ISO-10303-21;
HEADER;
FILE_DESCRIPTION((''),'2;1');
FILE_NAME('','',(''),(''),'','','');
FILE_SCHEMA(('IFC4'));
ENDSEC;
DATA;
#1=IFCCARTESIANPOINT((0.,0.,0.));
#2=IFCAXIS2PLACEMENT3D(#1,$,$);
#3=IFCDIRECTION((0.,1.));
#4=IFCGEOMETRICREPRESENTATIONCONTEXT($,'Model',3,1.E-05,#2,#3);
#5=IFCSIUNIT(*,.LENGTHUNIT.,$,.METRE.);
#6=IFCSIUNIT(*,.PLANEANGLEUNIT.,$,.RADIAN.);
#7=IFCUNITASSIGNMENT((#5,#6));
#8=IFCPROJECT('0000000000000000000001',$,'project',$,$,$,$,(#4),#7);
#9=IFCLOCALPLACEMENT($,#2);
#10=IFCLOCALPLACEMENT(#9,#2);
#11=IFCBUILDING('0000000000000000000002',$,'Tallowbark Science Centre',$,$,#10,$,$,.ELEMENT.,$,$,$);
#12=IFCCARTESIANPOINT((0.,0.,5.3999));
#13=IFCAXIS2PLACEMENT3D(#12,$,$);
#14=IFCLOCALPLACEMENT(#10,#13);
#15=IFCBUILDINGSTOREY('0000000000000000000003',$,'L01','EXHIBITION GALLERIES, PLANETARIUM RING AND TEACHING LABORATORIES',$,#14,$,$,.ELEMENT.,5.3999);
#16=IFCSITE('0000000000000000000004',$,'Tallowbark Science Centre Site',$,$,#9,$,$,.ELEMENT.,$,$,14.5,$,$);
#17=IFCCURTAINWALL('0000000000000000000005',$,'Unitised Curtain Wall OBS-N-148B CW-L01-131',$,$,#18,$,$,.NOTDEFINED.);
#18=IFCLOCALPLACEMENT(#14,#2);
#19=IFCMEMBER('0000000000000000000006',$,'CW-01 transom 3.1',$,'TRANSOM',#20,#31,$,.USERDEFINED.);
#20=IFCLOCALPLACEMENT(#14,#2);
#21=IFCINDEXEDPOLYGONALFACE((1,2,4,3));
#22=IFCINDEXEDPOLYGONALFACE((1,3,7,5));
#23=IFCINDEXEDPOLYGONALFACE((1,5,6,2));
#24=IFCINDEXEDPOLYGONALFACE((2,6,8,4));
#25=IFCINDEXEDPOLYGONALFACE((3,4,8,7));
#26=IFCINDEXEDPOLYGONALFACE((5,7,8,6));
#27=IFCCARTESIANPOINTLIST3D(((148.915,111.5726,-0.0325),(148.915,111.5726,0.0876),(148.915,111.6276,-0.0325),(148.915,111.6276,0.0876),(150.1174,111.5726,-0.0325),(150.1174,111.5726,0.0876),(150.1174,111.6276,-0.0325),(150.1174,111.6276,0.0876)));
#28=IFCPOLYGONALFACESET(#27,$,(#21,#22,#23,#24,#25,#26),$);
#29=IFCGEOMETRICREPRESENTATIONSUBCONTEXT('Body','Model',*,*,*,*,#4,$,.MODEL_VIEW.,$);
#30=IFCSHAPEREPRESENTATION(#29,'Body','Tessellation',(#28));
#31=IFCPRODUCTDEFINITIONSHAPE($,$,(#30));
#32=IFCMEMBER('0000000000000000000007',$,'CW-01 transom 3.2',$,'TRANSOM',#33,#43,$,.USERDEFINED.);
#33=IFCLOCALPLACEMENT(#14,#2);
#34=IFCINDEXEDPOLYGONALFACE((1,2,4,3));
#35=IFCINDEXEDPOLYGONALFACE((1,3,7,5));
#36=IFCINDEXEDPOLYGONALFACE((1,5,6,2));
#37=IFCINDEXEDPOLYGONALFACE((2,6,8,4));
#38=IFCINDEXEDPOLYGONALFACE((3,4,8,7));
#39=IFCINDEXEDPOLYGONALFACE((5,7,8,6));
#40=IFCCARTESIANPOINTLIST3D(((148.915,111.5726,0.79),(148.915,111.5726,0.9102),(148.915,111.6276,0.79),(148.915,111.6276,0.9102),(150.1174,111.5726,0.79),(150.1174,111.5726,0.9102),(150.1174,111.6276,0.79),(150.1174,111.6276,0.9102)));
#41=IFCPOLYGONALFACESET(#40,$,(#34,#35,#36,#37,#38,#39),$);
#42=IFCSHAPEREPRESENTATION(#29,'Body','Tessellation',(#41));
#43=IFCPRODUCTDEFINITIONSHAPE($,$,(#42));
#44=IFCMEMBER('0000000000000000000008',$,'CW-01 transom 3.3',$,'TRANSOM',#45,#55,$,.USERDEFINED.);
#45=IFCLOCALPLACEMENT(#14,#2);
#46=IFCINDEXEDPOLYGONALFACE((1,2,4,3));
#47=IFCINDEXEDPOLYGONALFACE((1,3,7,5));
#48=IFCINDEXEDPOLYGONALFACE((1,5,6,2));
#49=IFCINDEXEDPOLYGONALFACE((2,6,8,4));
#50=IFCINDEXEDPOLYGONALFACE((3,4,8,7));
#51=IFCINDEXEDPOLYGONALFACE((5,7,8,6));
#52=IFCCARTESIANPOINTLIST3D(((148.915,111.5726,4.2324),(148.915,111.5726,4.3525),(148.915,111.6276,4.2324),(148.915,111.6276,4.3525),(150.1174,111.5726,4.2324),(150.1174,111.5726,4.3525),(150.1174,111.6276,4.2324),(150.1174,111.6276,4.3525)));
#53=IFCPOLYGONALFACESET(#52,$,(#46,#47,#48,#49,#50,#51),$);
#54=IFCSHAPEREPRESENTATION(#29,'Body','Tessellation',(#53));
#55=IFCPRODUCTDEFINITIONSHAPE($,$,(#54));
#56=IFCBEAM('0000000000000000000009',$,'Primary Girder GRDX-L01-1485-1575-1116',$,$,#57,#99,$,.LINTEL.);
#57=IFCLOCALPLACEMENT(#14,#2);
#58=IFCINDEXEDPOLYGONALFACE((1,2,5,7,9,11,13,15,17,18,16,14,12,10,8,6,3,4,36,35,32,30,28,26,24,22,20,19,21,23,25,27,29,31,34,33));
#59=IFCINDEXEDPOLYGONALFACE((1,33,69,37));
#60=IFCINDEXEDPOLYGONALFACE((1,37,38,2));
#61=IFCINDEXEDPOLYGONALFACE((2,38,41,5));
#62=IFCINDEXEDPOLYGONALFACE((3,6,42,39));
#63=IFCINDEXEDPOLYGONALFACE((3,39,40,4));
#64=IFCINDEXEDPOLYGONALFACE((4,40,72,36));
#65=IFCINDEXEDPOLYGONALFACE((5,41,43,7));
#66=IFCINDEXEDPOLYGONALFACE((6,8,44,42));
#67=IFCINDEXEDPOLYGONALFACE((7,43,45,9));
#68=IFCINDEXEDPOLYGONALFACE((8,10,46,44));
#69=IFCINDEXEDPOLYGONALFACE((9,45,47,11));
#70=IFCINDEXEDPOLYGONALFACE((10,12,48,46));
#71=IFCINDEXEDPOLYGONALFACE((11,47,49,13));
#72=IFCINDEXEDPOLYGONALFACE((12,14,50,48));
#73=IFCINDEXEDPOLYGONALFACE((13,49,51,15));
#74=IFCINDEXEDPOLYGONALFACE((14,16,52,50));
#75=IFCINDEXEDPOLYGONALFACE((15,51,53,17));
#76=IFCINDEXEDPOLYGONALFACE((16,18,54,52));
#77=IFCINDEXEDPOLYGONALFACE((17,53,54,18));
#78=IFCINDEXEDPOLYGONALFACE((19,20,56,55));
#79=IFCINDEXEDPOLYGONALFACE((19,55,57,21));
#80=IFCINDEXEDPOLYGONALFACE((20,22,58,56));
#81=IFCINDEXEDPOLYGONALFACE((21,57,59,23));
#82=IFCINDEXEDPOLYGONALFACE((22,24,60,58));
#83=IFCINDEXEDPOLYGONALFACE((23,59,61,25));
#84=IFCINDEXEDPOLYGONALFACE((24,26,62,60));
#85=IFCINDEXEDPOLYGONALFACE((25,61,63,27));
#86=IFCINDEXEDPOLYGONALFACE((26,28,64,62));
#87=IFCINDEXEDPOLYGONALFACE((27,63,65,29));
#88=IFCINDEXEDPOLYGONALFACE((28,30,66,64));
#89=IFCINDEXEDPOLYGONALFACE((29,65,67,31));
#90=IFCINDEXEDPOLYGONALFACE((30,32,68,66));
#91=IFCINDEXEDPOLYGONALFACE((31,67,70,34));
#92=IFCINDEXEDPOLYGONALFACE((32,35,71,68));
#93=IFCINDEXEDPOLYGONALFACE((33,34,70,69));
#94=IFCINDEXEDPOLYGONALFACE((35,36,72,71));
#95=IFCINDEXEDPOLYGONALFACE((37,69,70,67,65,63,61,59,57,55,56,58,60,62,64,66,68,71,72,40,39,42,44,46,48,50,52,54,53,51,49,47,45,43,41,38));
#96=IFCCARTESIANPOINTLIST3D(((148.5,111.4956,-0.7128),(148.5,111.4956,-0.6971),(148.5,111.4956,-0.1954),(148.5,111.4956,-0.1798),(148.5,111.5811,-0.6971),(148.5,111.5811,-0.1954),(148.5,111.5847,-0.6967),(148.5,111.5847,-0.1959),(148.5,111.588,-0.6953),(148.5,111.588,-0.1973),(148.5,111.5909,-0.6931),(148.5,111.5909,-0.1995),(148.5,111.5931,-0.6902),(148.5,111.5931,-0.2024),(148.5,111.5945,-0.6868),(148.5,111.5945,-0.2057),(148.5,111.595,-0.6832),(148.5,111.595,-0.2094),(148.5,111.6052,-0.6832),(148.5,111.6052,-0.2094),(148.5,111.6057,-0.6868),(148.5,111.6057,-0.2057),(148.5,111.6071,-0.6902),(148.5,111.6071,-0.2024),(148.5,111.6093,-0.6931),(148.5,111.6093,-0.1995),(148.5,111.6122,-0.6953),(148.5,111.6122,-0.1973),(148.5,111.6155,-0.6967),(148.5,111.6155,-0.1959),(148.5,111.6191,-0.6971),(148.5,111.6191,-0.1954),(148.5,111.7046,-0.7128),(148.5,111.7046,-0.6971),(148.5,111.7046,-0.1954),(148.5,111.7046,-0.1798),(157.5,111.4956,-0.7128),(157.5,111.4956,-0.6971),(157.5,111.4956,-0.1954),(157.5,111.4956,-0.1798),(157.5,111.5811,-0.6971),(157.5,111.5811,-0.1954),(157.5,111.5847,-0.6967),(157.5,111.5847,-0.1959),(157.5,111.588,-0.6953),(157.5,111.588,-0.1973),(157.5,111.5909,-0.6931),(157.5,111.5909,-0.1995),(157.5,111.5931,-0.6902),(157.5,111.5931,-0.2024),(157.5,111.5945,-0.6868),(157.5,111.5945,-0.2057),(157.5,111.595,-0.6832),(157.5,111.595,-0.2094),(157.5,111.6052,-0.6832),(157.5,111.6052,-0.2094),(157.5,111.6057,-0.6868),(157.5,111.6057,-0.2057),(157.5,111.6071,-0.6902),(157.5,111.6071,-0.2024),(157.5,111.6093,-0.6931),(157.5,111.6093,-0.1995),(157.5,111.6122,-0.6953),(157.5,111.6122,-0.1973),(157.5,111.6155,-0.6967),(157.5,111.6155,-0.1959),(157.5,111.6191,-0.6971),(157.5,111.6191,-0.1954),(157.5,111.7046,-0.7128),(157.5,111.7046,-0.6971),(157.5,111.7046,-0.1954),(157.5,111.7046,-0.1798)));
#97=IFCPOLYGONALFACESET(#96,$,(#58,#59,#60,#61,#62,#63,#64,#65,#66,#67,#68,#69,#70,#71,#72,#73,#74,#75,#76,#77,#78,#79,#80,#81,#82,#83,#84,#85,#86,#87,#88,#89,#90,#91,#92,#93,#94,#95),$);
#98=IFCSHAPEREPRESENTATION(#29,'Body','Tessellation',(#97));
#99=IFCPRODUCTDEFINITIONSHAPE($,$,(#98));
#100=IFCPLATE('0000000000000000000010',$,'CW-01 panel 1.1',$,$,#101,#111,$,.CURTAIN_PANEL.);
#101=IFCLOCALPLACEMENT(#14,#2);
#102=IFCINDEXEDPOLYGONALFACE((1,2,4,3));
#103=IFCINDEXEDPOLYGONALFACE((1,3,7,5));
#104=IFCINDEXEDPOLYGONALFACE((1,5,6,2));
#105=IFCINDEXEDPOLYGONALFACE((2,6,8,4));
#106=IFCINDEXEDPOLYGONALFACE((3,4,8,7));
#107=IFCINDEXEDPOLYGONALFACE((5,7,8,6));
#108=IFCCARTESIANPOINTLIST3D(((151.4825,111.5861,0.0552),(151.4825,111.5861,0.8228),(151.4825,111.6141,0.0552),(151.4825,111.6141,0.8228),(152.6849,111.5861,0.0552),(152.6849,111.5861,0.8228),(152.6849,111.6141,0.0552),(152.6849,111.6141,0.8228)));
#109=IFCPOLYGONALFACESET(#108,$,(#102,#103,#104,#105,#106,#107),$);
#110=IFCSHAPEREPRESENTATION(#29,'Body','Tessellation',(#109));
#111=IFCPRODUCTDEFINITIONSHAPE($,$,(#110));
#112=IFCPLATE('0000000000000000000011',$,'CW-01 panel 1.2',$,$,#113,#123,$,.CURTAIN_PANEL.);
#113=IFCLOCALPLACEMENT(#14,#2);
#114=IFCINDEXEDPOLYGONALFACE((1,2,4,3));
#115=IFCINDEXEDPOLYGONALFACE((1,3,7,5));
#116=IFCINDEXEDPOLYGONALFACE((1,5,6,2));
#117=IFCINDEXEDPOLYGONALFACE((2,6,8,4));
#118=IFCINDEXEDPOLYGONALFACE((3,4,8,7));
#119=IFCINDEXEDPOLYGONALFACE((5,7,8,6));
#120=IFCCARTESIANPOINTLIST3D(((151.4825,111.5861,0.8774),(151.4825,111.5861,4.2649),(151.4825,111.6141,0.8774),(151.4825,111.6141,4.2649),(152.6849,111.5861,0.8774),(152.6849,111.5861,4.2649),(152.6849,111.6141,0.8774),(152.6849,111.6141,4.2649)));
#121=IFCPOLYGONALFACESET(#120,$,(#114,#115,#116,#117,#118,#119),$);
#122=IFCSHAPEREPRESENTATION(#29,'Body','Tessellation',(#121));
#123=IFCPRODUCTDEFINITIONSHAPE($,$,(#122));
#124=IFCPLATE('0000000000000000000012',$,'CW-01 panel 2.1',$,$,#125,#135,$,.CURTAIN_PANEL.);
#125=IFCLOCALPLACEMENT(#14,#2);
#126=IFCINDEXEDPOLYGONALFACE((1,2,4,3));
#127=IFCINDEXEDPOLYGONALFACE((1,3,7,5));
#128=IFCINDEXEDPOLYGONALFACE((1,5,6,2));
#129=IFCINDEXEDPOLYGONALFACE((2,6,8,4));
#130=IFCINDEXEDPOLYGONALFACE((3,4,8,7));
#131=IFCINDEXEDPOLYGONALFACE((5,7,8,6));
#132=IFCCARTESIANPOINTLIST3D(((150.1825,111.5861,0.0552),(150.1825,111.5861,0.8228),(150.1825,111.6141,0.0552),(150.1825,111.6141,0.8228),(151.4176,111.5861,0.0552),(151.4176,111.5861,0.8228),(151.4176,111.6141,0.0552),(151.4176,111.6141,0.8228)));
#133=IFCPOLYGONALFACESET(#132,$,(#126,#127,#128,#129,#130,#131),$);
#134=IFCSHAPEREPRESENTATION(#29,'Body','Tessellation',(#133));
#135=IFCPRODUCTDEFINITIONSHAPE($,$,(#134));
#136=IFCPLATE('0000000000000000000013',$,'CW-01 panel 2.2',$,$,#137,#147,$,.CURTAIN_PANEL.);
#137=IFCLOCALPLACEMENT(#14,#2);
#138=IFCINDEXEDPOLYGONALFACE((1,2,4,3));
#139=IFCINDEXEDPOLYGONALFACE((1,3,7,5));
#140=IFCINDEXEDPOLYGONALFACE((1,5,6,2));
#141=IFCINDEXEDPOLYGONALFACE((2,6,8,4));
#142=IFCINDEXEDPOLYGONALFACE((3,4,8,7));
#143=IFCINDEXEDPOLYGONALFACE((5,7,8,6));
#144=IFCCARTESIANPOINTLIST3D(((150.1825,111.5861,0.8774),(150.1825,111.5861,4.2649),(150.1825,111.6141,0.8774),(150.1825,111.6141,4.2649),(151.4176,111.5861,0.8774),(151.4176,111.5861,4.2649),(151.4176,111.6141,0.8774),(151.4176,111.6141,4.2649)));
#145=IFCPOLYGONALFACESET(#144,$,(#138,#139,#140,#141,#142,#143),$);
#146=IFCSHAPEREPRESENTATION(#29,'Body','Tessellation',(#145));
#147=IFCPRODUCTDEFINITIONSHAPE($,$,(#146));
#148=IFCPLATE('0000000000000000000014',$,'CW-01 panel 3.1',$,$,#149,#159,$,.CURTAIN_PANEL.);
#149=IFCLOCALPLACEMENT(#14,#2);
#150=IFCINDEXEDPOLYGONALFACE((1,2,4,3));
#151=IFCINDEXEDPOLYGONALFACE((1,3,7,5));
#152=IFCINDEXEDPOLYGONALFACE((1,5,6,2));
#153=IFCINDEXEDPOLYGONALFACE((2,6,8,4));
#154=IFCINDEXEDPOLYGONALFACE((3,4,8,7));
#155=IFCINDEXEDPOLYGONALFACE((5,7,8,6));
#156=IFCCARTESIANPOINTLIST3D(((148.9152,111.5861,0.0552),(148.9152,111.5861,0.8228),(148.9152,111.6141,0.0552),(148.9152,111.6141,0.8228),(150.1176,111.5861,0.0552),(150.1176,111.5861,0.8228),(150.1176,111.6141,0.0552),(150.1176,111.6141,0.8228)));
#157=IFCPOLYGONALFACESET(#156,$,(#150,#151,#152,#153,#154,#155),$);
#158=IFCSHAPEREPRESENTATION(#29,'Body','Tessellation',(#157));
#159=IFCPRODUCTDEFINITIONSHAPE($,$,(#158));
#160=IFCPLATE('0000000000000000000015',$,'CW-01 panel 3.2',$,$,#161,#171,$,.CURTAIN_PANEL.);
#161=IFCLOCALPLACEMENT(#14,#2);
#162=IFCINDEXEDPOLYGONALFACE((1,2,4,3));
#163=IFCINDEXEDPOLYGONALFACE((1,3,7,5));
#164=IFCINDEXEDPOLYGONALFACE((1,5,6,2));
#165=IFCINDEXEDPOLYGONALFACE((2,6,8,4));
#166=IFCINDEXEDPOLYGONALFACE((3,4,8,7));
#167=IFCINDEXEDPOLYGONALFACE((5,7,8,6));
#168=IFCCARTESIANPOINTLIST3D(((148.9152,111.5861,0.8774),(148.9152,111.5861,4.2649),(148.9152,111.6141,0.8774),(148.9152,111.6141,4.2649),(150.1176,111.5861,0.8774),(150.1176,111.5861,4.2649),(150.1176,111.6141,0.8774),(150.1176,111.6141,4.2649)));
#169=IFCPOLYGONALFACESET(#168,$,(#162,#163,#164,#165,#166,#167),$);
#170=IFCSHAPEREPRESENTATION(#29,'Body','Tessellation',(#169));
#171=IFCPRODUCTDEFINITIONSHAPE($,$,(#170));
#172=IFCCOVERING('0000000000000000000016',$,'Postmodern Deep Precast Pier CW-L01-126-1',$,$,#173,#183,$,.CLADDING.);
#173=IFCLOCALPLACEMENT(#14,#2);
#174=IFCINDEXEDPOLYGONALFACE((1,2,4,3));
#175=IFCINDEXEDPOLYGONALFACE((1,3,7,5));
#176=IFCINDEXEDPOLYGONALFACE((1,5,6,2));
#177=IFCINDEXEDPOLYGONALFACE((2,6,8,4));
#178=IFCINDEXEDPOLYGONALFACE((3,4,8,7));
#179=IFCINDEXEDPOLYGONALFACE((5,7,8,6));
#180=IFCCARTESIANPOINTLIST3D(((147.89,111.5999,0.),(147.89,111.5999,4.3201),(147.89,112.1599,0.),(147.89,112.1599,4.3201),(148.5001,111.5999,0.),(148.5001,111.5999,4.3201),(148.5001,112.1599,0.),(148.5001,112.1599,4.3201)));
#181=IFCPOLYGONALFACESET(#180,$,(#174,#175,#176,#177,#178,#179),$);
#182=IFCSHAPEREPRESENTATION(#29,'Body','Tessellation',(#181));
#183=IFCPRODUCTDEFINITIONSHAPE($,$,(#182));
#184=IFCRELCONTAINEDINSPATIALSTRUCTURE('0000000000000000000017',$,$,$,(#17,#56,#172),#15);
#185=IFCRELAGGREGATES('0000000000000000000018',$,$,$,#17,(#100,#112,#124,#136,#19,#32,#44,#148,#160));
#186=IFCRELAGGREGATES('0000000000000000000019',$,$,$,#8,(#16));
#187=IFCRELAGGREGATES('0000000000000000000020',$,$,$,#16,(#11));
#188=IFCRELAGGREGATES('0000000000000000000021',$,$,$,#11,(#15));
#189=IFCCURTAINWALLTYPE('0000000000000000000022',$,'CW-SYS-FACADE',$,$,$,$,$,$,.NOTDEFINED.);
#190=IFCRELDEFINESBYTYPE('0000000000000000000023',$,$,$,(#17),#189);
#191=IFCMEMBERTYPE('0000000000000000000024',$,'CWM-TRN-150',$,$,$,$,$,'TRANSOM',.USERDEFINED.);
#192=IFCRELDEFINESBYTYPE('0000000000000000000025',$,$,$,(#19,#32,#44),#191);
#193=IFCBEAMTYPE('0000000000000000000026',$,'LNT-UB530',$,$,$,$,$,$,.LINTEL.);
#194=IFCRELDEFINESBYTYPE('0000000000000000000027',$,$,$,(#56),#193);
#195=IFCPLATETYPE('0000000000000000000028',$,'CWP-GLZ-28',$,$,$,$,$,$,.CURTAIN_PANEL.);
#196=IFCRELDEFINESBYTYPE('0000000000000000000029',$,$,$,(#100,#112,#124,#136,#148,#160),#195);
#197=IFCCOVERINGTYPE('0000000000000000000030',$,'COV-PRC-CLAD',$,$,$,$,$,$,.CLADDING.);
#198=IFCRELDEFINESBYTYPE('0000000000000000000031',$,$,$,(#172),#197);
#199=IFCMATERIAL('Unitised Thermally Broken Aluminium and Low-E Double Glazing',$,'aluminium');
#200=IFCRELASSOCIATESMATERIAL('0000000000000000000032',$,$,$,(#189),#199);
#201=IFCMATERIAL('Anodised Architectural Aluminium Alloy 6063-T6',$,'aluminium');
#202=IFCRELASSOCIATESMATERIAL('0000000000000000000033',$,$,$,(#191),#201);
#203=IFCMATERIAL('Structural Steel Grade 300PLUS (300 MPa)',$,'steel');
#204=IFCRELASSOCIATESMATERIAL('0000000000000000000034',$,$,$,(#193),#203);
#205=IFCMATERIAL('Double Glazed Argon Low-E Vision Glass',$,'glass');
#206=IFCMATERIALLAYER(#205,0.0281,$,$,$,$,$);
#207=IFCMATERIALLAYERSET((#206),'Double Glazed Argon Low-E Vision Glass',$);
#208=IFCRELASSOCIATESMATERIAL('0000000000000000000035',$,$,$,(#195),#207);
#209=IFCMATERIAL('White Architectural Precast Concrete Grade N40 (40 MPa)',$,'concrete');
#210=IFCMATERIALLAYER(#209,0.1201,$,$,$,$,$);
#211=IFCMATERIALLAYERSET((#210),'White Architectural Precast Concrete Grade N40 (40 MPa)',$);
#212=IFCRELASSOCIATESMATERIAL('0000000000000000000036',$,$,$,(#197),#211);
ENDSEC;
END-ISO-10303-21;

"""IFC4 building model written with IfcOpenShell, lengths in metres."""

from ifc_helpers import new_model, si_unit, direction, frame, origin, origin_2d, place, context, subcontext, project, spatial, rectangle, i_section, extrude, material, layer, layer_set, material_profile, profile_set, type_object, element, aggregate, save


model = new_model("IFC4")

# Units and contexts
model_context = context("Model", 3, precision=1e-05, world=origin(), true_north=direction((0.0, 1.0)))
body_context = subcontext(model_context, "Body", "Model", "MODEL_VIEW")
ifc_project = project(units=[si_unit("LENGTHUNIT", "METRE"), si_unit("PLANEANGLEUNIT", "RADIAN")], contexts=[model_context])

# Site, building, storey
site_placement = place(None, origin())
site = spatial("IfcSite", under=ifc_project, at=site_placement, Name="Tallowbark Science Centre Site", CompositionType="ELEMENT", RefElevation=14.5)
building_placement = place(site_placement, origin())
building = spatial("IfcBuilding", under=site, at=building_placement, Name="Tallowbark Science Centre", CompositionType="ELEMENT")
storey_placement = place(building_placement, frame((0.0, 0.0, 5.3999)))
storey = spatial("IfcBuildingStorey", under=building, at=storey_placement, Name="L01", Description="EXHIBITION GALLERIES, PLANETARIUM RING AND TEACHING LABORATORIES", CompositionType="ELEMENT", Elevation=5.3999)

# Shared definitions
ifc_material_1 = material(Name="Structural Steel Grade 300PLUS (300 MPa)", Category="steel")

# Shared definitions
ifc_material_2 = material(Name="Unitised Thermally Broken Aluminium and Low-E Double Glazing", Category="aluminium")
curtain_wall_type = type_object("IfcCurtainWallType", Name="CW-SYS-FACADE", PredefinedType="NOTDEFINED", material=ifc_material_2)
ifc_material_3 = material(Name="Anodised Architectural Aluminium Alloy 6063-T6", Category="aluminium")

# Curtain wall, members
curtain_wall_1_placement = place(storey_placement, origin())
curtain_wall_1 = element("IfcCurtainWall", 1, at=curtain_wall_1_placement, inside=storey, type_object=curtain_wall_type, Name="Unitised Curtain Wall OBS-N-148B CW-L01-131", PredefinedType="NOTDEFINED")
ifc_material_profile_1 = material_profile(ifc_material_3, rectangle(XDim=0.0549, YDim=0.1201, at=origin_2d()), Name="ALU55x120")
ifc_profile_set_1 = profile_set([ifc_material_profile_1], Name="Anodised Architectural Aluminium Alloy 6063-T6")
member_type_1 = type_object("IfcMemberType", Name="CWM-TRN-150", ElementType="TRANSOM", PredefinedType="USERDEFINED", material=ifc_profile_set_1)
member_1_placement = place(storey_placement, frame((150.1174, 111.6001, 0.0276), z_axis=(-1.0, 0.0, 0.0), x_axis=(0.0, -1.0, 0.0)))
member_1 = element("IfcMember", 2, at=member_1_placement, type_object=member_type_1, Name="CW-01 transom 3.1", ObjectType="TRANSOM", PredefinedType="USERDEFINED", context=body_context, shape_type="SweptSolid", body=[
    extrude(rectangle(XDim=0.0549, YDim=0.1201, at=origin_2d()), origin(), (0.0, 0.0, 1.0), 1.2024),
])
member_2_placement = place(storey_placement, frame((150.1174, 111.6001, 0.8501), z_axis=(-1.0, 0.0, 0.0), x_axis=(0.0, -1.0, 0.0)))
member_2 = element("IfcMember", 3, at=member_2_placement, type_object=member_type_1, Name="CW-01 transom 3.2", ObjectType="TRANSOM", PredefinedType="USERDEFINED", context=body_context, shape_type="SweptSolid", body=[
    extrude(rectangle(XDim=0.0549, YDim=0.1201, at=origin_2d()), origin(), (0.0, 0.0, 1.0), 1.2024),
])
member_3_placement = place(storey_placement, frame((150.1174, 111.6001, 4.2925), z_axis=(-1.0, 0.0, 0.0), x_axis=(0.0, -1.0, 0.0)))
member_3 = element("IfcMember", 4, at=member_3_placement, type_object=member_type_1, Name="CW-01 transom 3.3", ObjectType="TRANSOM", PredefinedType="USERDEFINED", context=body_context, shape_type="SweptSolid", body=[
    extrude(rectangle(XDim=0.0549, YDim=0.1201, at=origin_2d()), origin(), (0.0, 0.0, 1.0), 1.2024),
])

# Beam
ifc_material_profile_2 = material_profile(ifc_material_1, i_section(OverallWidth=0.209, OverallDepth=0.533, WebThickness=0.0103, FlangeThickness=0.0156, FilletRadius=0.0139, at=origin_2d()), Name="530UB92.4")
ifc_profile_set_2 = profile_set([ifc_material_profile_2], Name="Structural Steel Grade 300PLUS (300 MPa)")
beam_type = type_object("IfcBeamType", Name="LNT-UB530", PredefinedType="LINTEL", material=ifc_profile_set_2)
beam_placement = place(storey_placement, frame((148.5, 111.6001, -0.4463), z_axis=(1.0, 0.0, 0.0), x_axis=(0.0, 1.0, 0.0)))
element("IfcBeam", 5, at=beam_placement, inside=storey, type_object=beam_type, Name="Primary Girder GRDX-L01-1485-1575-1116", PredefinedType="LINTEL", context=body_context, shape_type="SweptSolid", body=[
    extrude(i_section(OverallWidth=0.209, OverallDepth=0.533, WebThickness=0.0103, FlangeThickness=0.0156, FilletRadius=0.0139, at=origin_2d()), origin(), (0.0, 0.0, 1.0), 9.0),
])

# Plates
ifc_material_4 = material(Name="Double Glazed Argon Low-E Vision Glass", Category="glass")
ifc_layer_1 = layer(ifc_material_4, 0.0281)
ifc_layer_set_1 = layer_set([ifc_layer_1], Name="Double Glazed Argon Low-E Vision Glass")
plate_type = type_object("IfcPlateType", Name="CWP-GLZ-28", PredefinedType="CURTAIN_PANEL", material=ifc_layer_set_1)
plate_1_placement = place(storey_placement, frame((152.0837, 111.6001, 0.0552), z_axis=(0.0, 0.0, 1.0), x_axis=(-1.0, 0.0, 0.0)))
plate_1 = element("IfcPlate", 6, at=plate_1_placement, type_object=plate_type, Name="CW-01 panel 1.1", PredefinedType="CURTAIN_PANEL", context=body_context, shape_type="SweptSolid", body=[
    extrude(rectangle(XDim=1.2024, YDim=0.0281, at=origin_2d()), origin(), (0.0, 0.0, 1.0), 0.7676),
])
plate_2_placement = place(storey_placement, frame((152.0837, 111.6001, 0.8774), z_axis=(0.0, 0.0, 1.0), x_axis=(-1.0, 0.0, 0.0)))
plate_2 = element("IfcPlate", 7, at=plate_2_placement, type_object=plate_type, Name="CW-01 panel 1.2", PredefinedType="CURTAIN_PANEL", context=body_context, shape_type="SweptSolid", body=[
    extrude(rectangle(XDim=1.2024, YDim=0.0281, at=origin_2d()), origin(), (0.0, 0.0, 1.0), 3.3875),
])
plate_3_placement = place(storey_placement, frame((150.8, 111.6001, 0.0552), z_axis=(0.0, 0.0, 1.0), x_axis=(-1.0, 0.0, 0.0)))
plate_3 = element("IfcPlate", 8, at=plate_3_placement, type_object=plate_type, Name="CW-01 panel 2.1", PredefinedType="CURTAIN_PANEL", context=body_context, shape_type="SweptSolid", body=[
    extrude(rectangle(XDim=1.2351, YDim=0.0281, at=origin_2d()), origin(), (0.0, 0.0, 1.0), 0.7676),
])
plate_4_placement = place(storey_placement, frame((150.8, 111.6001, 0.8774), z_axis=(0.0, 0.0, 1.0), x_axis=(-1.0, 0.0, 0.0)))
plate_4 = element("IfcPlate", 9, at=plate_4_placement, type_object=plate_type, Name="CW-01 panel 2.2", PredefinedType="CURTAIN_PANEL", context=body_context, shape_type="SweptSolid", body=[
    extrude(rectangle(XDim=1.2351, YDim=0.0281, at=origin_2d()), origin(), (0.0, 0.0, 1.0), 3.3875),
])
plate_5_placement = place(storey_placement, frame((149.5164, 111.6001, 0.0552), z_axis=(0.0, 0.0, 1.0), x_axis=(-1.0, 0.0, 0.0)))
plate_5 = element("IfcPlate", 10, at=plate_5_placement, type_object=plate_type, Name="CW-01 panel 3.1", PredefinedType="CURTAIN_PANEL", context=body_context, shape_type="SweptSolid", body=[
    extrude(rectangle(XDim=1.2024, YDim=0.0281, at=origin_2d()), origin(), (0.0, 0.0, 1.0), 0.7676),
])
plate_6_placement = place(storey_placement, frame((149.5164, 111.6001, 0.8774), z_axis=(0.0, 0.0, 1.0), x_axis=(-1.0, 0.0, 0.0)))
plate_6 = element("IfcPlate", 11, at=plate_6_placement, type_object=plate_type, Name="CW-01 panel 3.2", PredefinedType="CURTAIN_PANEL", context=body_context, shape_type="SweptSolid", body=[
    extrude(rectangle(XDim=1.2024, YDim=0.0281, at=origin_2d()), origin(), (0.0, 0.0, 1.0), 3.3875),
])
aggregate(curtain_wall_1, [plate_1, plate_2, plate_3, plate_4, member_1, member_2, member_3, plate_5, plate_6])

# Covering
ifc_material_5 = material(Name="White Architectural Precast Concrete Grade N40 (40 MPa)", Category="concrete")
ifc_layer_2 = layer(ifc_material_5, 0.1201)
ifc_layer_set_2 = layer_set([ifc_layer_2], Name="White Architectural Precast Concrete Grade N40 (40 MPa)")
covering_type_1 = type_object("IfcCoveringType", Name="COV-PRC-CLAD", PredefinedType="CLADDING", material=ifc_layer_set_2)
covering_1_placement = place(storey_placement, frame((148.1951, 111.8799, 0.0), z_axis=(0.0, 0.0, 1.0), x_axis=(-1.0, 0.0, 0.0)))
element("IfcCovering", 12, at=covering_1_placement, inside=storey, type_object=covering_type_1, Name="Postmodern Deep Precast Pier CW-L01-126-1", PredefinedType="CLADDING", context=body_context, shape_type="SweptSolid", body=[
    extrude(rectangle(XDim=0.6101, YDim=0.5601, at=origin_2d()), origin(), (0.0, 0.0, 1.0), 4.3201),
])

save(model, "model.ifc")
